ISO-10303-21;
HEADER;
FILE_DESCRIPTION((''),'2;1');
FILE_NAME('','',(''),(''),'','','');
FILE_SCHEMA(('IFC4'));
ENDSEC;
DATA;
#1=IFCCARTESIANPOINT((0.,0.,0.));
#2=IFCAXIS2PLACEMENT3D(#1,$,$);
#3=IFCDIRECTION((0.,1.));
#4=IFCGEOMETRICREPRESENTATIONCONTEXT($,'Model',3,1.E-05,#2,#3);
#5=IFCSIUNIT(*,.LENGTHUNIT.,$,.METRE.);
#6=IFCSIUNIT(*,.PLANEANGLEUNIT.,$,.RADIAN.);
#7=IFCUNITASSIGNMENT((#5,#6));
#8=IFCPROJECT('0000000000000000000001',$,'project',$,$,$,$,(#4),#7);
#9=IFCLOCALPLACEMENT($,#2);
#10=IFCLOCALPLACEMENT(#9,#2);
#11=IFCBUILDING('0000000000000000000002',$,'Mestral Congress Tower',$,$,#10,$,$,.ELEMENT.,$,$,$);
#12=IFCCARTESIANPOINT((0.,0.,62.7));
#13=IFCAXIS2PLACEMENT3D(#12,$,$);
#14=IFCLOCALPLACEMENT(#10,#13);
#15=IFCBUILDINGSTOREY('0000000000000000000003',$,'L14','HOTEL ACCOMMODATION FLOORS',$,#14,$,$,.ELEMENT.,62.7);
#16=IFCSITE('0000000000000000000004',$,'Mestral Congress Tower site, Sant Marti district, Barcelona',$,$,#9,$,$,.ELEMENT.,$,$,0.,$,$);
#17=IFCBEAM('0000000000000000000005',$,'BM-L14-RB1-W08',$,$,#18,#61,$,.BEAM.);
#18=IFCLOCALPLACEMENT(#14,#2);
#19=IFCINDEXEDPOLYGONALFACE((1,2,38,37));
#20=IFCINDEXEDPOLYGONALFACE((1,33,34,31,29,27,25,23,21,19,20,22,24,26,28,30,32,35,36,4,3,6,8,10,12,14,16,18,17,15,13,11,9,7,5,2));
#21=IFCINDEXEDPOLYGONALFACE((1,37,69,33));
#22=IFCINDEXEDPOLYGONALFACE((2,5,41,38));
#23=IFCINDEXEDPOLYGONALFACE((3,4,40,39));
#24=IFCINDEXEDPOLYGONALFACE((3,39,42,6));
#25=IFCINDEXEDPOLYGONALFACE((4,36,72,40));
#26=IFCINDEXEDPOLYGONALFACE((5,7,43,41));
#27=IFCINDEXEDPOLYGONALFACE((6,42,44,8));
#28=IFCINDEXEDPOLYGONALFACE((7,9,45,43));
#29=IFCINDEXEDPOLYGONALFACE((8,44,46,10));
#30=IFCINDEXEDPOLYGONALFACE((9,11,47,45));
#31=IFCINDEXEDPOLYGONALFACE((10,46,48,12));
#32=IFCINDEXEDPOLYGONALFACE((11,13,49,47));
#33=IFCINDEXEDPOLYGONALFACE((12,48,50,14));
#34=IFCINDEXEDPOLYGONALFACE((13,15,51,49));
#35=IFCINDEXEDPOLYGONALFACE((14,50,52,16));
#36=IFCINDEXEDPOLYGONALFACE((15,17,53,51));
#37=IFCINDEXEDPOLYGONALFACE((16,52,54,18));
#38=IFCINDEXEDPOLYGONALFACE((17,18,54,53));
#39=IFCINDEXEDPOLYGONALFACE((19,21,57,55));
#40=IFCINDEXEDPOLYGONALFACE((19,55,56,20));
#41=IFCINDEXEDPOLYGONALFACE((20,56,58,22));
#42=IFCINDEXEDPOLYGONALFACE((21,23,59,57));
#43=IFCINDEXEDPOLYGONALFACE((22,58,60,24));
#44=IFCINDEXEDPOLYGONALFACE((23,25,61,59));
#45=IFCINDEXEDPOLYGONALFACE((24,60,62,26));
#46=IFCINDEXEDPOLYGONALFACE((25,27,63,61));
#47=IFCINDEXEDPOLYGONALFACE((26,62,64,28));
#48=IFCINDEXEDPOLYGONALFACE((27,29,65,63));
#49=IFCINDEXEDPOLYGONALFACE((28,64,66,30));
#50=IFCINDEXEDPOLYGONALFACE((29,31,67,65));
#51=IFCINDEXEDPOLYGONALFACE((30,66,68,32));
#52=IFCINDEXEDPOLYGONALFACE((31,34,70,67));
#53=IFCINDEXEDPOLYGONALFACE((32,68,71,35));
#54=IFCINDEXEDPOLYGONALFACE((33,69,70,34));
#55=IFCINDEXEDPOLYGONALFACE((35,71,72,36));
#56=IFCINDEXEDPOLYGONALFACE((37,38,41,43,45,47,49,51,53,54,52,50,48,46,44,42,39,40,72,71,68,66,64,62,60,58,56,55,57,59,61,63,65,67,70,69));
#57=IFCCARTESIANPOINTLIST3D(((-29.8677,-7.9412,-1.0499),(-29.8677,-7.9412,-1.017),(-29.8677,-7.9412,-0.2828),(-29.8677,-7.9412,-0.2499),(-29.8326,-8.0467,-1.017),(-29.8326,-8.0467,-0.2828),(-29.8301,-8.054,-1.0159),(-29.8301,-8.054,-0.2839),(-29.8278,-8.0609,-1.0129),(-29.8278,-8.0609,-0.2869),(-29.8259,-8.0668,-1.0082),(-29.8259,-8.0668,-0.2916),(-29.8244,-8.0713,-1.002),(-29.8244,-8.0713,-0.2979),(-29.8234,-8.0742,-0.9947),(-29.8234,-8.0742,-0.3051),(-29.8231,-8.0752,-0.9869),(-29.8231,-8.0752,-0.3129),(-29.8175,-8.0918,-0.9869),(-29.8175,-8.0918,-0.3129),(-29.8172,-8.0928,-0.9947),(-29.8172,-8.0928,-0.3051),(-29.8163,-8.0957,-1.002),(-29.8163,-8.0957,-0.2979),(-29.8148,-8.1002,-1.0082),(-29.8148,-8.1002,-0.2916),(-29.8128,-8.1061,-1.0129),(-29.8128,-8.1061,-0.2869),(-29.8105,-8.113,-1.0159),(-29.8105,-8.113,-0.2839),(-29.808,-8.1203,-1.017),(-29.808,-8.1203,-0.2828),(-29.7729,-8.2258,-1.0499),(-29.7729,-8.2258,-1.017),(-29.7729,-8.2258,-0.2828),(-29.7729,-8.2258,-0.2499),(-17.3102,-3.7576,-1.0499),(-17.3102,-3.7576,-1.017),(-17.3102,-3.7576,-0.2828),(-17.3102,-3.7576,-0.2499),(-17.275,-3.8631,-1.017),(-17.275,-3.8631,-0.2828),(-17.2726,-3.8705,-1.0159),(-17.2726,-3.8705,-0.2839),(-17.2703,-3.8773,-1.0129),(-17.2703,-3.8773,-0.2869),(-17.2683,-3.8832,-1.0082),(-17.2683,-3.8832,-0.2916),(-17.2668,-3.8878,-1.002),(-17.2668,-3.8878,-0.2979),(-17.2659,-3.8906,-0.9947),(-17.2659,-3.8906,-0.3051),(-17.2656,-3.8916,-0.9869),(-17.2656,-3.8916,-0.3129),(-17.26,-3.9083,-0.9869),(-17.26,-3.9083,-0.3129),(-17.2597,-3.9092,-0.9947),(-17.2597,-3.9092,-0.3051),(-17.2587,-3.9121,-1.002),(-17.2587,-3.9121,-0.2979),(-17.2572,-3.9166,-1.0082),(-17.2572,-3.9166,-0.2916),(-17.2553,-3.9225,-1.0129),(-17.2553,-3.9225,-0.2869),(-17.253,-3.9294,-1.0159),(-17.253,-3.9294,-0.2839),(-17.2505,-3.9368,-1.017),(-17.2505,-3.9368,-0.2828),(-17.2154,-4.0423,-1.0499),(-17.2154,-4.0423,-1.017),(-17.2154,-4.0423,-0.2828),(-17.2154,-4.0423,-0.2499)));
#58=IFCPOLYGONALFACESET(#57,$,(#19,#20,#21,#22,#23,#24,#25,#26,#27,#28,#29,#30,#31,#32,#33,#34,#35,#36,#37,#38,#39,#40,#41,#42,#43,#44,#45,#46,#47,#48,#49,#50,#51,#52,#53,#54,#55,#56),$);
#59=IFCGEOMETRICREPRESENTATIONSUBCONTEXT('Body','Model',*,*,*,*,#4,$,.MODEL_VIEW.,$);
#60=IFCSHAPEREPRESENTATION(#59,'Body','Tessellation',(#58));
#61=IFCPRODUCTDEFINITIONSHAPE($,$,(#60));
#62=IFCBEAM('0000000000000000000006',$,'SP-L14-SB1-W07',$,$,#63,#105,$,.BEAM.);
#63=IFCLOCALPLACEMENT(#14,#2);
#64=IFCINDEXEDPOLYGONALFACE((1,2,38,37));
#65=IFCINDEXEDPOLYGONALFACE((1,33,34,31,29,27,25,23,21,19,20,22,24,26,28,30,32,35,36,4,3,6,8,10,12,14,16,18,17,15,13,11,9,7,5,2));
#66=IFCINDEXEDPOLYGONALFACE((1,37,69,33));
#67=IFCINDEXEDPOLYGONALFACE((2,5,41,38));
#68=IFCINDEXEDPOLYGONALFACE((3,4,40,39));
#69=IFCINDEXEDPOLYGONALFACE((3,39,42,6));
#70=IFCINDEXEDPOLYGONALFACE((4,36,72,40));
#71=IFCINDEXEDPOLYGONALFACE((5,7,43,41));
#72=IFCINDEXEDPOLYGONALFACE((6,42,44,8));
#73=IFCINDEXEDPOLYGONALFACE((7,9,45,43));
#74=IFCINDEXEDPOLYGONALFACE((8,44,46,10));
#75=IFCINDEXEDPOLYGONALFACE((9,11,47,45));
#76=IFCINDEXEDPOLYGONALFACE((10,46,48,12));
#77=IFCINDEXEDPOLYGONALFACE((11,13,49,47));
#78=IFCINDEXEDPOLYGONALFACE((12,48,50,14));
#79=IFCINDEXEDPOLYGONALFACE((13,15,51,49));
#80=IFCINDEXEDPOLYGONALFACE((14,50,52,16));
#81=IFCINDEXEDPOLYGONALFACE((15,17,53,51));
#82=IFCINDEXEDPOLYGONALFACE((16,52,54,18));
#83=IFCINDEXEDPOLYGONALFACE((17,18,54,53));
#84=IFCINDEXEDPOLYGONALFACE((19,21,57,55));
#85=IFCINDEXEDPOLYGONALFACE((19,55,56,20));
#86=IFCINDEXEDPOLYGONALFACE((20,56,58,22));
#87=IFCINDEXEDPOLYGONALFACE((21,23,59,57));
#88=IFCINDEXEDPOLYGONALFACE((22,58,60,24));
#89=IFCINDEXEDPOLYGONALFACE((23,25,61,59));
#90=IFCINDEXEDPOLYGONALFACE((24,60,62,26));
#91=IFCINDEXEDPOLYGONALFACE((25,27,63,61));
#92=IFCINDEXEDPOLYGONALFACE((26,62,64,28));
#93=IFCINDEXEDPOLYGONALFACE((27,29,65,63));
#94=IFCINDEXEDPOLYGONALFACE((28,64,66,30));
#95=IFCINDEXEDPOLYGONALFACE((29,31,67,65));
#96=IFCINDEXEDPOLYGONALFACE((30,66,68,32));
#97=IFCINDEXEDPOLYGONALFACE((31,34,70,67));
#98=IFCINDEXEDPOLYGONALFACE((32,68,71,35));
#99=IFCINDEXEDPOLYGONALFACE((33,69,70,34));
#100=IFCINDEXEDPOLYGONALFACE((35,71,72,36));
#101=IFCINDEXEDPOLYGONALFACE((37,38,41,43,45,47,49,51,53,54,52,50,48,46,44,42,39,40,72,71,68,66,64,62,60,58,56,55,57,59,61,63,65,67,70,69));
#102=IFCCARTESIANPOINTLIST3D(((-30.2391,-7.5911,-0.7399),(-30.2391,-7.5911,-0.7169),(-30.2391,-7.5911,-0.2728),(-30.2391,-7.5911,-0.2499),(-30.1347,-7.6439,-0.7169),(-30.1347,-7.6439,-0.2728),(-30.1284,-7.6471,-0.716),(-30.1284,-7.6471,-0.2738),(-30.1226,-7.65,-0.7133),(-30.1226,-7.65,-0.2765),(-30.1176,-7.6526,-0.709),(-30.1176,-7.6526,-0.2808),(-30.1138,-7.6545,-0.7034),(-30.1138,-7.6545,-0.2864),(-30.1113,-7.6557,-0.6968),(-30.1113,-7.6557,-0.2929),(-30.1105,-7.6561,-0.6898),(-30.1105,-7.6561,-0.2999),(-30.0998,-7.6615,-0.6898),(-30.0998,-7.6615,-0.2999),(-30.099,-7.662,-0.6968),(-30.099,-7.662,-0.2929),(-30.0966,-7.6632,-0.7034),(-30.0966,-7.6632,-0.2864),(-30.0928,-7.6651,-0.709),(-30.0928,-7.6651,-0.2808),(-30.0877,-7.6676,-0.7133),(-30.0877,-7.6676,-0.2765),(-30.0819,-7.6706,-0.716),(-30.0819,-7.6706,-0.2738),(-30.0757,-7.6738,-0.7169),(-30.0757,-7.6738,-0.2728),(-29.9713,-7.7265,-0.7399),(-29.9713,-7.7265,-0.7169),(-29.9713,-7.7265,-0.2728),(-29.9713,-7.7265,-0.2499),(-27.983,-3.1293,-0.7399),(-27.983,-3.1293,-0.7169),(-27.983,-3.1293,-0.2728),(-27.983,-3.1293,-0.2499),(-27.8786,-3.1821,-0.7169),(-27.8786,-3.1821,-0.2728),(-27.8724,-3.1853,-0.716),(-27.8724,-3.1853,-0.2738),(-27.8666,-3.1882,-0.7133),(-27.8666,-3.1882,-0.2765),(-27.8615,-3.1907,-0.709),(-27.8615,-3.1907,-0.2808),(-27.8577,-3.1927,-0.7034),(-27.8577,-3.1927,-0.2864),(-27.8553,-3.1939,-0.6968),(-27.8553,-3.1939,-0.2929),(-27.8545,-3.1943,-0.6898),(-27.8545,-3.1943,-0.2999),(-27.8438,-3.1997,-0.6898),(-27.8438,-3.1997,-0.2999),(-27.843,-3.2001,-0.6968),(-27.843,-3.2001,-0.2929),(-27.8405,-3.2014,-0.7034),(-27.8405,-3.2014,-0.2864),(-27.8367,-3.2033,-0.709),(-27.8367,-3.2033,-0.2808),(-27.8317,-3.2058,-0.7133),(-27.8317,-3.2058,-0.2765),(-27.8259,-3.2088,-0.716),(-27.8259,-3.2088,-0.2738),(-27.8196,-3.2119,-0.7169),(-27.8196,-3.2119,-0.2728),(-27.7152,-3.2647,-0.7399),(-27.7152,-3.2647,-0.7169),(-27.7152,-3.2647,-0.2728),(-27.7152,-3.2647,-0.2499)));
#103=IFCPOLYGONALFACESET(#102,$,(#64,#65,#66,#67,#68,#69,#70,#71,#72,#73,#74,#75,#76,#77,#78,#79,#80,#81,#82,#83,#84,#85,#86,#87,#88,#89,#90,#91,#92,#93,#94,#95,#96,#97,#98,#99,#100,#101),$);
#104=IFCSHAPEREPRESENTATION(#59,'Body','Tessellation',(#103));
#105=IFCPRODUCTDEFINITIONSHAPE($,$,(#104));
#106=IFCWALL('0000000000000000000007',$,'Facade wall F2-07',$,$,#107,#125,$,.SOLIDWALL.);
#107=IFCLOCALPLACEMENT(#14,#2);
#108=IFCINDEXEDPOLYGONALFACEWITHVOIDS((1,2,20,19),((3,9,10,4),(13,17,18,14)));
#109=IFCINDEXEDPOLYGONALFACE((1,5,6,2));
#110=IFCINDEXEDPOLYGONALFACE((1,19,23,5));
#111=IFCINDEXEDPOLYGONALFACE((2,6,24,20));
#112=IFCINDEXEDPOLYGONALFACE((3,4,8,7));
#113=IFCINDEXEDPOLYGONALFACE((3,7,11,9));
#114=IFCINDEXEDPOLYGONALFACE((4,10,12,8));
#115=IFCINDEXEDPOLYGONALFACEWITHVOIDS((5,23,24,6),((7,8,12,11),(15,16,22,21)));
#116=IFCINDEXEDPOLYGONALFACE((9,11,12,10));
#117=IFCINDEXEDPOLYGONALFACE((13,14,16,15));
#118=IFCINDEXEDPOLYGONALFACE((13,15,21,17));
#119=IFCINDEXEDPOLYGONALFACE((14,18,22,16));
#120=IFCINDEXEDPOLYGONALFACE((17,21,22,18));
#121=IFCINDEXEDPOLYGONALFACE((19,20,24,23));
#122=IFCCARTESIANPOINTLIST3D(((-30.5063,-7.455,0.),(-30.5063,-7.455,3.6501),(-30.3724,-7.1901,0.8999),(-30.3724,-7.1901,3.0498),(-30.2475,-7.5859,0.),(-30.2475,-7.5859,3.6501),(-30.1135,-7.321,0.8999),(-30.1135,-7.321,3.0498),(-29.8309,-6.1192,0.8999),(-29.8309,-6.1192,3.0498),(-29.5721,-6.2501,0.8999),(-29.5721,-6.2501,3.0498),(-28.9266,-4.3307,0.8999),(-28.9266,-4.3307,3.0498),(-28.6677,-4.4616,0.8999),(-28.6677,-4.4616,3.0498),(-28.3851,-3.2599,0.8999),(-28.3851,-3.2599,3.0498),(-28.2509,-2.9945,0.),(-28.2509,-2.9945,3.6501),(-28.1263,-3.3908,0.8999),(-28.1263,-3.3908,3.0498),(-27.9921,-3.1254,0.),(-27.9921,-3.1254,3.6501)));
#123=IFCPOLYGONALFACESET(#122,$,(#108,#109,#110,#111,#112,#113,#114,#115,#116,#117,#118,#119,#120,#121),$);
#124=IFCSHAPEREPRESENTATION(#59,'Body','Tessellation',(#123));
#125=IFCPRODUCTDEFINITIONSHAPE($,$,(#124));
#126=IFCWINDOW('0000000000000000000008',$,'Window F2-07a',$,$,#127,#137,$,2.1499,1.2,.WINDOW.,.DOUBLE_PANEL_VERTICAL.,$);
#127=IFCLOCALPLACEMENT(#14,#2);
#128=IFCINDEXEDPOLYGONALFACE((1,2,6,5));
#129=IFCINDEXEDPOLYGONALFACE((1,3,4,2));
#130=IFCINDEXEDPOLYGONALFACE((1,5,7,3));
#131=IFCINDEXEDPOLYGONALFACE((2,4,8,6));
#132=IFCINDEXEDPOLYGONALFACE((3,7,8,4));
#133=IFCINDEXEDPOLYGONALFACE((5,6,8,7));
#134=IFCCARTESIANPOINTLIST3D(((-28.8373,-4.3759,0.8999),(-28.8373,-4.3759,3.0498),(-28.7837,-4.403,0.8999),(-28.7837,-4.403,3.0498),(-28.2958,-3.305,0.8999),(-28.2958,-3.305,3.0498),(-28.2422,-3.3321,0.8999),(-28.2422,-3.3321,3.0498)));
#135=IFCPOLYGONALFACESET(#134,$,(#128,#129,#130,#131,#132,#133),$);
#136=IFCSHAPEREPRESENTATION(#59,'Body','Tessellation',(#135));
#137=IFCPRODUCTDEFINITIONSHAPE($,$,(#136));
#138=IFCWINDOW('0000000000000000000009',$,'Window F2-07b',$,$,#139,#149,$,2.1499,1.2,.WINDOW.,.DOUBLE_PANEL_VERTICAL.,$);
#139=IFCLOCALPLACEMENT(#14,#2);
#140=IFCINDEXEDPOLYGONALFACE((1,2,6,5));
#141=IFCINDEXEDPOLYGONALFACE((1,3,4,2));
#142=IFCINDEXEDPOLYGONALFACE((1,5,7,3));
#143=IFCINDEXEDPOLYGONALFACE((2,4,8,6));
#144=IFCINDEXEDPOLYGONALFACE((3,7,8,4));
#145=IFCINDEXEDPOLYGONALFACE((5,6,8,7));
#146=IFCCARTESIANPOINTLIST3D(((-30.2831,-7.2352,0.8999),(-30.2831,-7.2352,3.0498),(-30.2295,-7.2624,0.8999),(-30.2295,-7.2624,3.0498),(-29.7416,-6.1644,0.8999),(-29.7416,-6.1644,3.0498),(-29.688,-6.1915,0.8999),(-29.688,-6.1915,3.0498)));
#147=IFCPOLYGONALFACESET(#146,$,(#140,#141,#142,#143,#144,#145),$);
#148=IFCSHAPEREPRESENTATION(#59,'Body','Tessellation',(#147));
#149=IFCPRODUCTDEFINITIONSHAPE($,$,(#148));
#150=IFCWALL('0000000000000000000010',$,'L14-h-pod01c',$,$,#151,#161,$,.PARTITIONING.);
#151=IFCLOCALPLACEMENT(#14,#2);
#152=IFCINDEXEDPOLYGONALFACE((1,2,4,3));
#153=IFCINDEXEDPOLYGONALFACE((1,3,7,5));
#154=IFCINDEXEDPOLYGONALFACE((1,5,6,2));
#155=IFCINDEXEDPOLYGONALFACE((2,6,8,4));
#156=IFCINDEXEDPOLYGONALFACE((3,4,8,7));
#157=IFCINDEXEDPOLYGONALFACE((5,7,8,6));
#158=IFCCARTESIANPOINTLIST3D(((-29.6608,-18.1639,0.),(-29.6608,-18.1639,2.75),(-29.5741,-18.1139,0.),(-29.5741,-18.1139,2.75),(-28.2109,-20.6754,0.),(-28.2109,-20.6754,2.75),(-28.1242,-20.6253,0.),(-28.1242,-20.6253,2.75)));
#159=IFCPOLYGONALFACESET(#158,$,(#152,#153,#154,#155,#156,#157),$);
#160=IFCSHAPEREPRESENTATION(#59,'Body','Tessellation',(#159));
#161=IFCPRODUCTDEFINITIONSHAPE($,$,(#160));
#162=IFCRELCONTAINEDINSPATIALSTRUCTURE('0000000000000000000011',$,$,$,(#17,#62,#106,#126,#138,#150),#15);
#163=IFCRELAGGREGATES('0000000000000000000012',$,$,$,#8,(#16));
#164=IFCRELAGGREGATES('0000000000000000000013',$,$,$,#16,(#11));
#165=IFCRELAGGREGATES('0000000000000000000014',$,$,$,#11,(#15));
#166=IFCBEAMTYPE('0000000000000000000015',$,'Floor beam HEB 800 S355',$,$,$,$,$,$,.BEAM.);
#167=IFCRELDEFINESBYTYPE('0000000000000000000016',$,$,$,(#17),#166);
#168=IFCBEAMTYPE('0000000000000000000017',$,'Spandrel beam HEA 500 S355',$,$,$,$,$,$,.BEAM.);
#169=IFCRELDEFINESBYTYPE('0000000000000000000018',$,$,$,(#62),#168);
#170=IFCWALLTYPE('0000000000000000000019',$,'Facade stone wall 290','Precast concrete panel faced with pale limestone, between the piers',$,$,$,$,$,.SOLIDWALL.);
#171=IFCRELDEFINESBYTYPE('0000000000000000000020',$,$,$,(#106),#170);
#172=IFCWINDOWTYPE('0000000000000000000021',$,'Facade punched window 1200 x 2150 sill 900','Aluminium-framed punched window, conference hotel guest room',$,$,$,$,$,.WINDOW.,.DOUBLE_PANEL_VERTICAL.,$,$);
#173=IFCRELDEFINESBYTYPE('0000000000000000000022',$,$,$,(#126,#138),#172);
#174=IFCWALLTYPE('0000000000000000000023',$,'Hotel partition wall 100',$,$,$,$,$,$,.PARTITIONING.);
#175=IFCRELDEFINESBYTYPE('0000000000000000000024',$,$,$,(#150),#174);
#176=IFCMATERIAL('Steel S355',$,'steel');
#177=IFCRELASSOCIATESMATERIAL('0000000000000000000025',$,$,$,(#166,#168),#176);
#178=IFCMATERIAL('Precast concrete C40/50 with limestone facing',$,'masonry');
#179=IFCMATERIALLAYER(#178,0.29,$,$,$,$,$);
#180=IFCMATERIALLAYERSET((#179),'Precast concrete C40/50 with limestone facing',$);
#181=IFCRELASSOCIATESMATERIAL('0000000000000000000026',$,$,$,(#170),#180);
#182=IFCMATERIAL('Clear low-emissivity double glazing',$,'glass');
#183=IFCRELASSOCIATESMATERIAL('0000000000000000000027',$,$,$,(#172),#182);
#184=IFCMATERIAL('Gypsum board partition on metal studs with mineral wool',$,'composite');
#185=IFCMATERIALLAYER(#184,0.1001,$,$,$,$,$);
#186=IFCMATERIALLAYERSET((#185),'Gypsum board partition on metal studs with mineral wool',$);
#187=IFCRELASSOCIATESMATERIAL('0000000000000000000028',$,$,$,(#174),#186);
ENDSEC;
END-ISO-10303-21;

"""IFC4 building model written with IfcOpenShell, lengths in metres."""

from ifc_helpers import new_model, si_unit, direction, frame, frame_2d, origin, origin_2d, place, context, subcontext, project, spatial, rectangle, i_section, extrude, material, layer, layer_set, material_profile, profile_set, type_object, element, fill, save


model = new_model("IFC4")

# Units and contexts
model_context = context("Model", 3, precision=1e-05, world=origin(), true_north=direction((0.0, 1.0)))
body_context = subcontext(model_context, "Body", "Model", "MODEL_VIEW")
ifc_project = project(units=[si_unit("LENGTHUNIT", "METRE"), si_unit("PLANEANGLEUNIT", "RADIAN")], contexts=[model_context])

# Site, building, storey
site_placement = place(None, origin())
site = spatial("IfcSite", under=ifc_project, at=site_placement, Name="Mestral Congress Tower site, Sant Marti district, Barcelona", CompositionType="ELEMENT", RefElevation=0.0)
building_placement = place(site_placement, origin())
building = spatial("IfcBuilding", under=site, at=building_placement, Name="Mestral Congress Tower", CompositionType="ELEMENT")
storey_placement = place(building_placement, frame((0.0, 0.0, 62.7)))
storey = spatial("IfcBuildingStorey", under=building, at=storey_placement, Name="L14", Description="HOTEL ACCOMMODATION FLOORS", CompositionType="ELEMENT", Elevation=62.7)

# Beams
ifc_material_1 = material(Name="Steel S355", Category="steel")
ifc_material_profile_1 = material_profile(ifc_material_1, i_section(OverallWidth=0.3, OverallDepth=0.8, WebThickness=0.0176, FlangeThickness=0.033, FilletRadius=0.03, at=origin_2d()), Name="HEB 800")
ifc_profile_set_1 = profile_set([ifc_material_profile_1], Name="Steel S355")
beam_type_1 = type_object("IfcBeamType", Name="Floor beam HEB 800 S355", PredefinedType="BEAM", material=ifc_profile_set_1)
beam_1_placement = place(storey_placement, frame((-29.8203, -8.0835, -0.6499), z_axis=(0.948735, 0.316073, 0.0), x_axis=(-0.316073, 0.948735, 0.0)))
element("IfcBeam", 1, at=beam_1_placement, inside=storey, type_object=beam_type_1, Name="BM-L14-RB1-W08", PredefinedType="BEAM", context=body_context, shape_type="SweptSolid", body=[
    extrude(i_section(OverallWidth=0.3, OverallDepth=0.8, WebThickness=0.0176, FlangeThickness=0.033, FilletRadius=0.03, at=origin_2d()), origin(), (0.0, 0.0, 1.0), 13.2361),
])
ifc_material_profile_2 = material_profile(ifc_material_1, i_section(OverallWidth=0.3, OverallDepth=0.49, WebThickness=0.012, FlangeThickness=0.0229, FilletRadius=0.0271, at=origin_2d()), Name="HEA 500")
ifc_profile_set_2 = profile_set([ifc_material_profile_2], Name="Steel S355")
beam_type_2 = type_object("IfcBeamType", Name="Spandrel beam HEA 500 S355", PredefinedType="BEAM", material=ifc_profile_set_2)
beam_2_placement = place(storey_placement, frame((-27.8491, -3.197, -0.4949), z_axis=(-0.451233, -0.892406, 0.0), x_axis=(0.892406, -0.451233, 0.0)))
element("IfcBeam", 2, at=beam_2_placement, inside=storey, type_object=beam_type_2, Name="SP-L14-SB1-W07", PredefinedType="BEAM", context=body_context, shape_type="SweptSolid", body=[
    extrude(i_section(OverallWidth=0.3, OverallDepth=0.49, WebThickness=0.012, FlangeThickness=0.0229, FilletRadius=0.0271, at=origin_2d()), origin(), (0.0, 0.0, 1.0), 4.9998),
])

# Wall, openings, windows
ifc_material_2 = material(Name="Precast concrete C40/50 with limestone facing", Category="masonry")
ifc_layer_1 = layer(ifc_material_2, 0.29)
ifc_layer_set_1 = layer_set([ifc_layer_1], Name="Precast concrete C40/50 with limestone facing")
wall_type_1 = type_object("IfcWallType", Name="Facade stone wall 290", Description="Precast concrete panel faced with pale limestone, between the piers", PredefinedType="SOLIDWALL", material=ifc_layer_set_1)
wall_1_placement = place(storey_placement, frame((-28.1216, -3.0601, 0.0), z_axis=(0.0, 0.0, 1.0), x_axis=(-0.451234, -0.892406, 0.0)))
wall_1 = element("IfcWall", 3, at=wall_1_placement, inside=storey, type_object=wall_type_1, Name="Facade wall F2-07", PredefinedType="SOLIDWALL", context=body_context, shape_type="SweptSolid", body=[
    extrude(rectangle(XDim=4.9983, YDim=0.29, at=frame_2d((2.499, 0.0))), origin(), (0.0, 0.0, 1.0), 3.6501),
])
opening_1_placement = place(wall_1_placement, frame((0.2971, 0.0, 0.8999)))
opening_1 = element("IfcOpeningElement", 4, at=opening_1_placement, cuts=wall_1, PredefinedType="OPENING", context=body_context, shape_type="SweptSolid", body=[
    extrude(rectangle(XDim=1.2, YDim=2.1499, at=frame_2d((0.6001, 1.075))), frame((0.0, 0.155, 0.0), z_axis=(0.0, -1.0, 0.0), x_axis=(1.0, 0.0, 0.0)), (0.0, 0.0, 1.0), 0.3101),
])
opening_2_placement = place(wall_1_placement, frame((3.5012, 0.0, 0.8999)))
opening_2 = element("IfcOpeningElement", 5, at=opening_2_placement, cuts=wall_1, PredefinedType="OPENING", context=body_context, shape_type="SweptSolid", body=[
    extrude(rectangle(XDim=1.2, YDim=2.1499, at=frame_2d((0.6001, 1.075))), frame((0.0, 0.155, 0.0), z_axis=(0.0, -1.0, 0.0), x_axis=(1.0, 0.0, 0.0)), (0.0, 0.0, 1.0), 0.3101),
])
ifc_material_3 = material(Name="Clear low-emissivity double glazing", Category="glass")
window_type = type_object("IfcWindowType", Name="Facade punched window 1200 x 2150 sill 900", Description="Aluminium-framed punched window, conference hotel guest room", PartitioningType="DOUBLE_PANEL_VERTICAL", PredefinedType="WINDOW", material=ifc_material_3)
window_1_placement = place(opening_1_placement, origin())
window_1 = element("IfcWindow", 6, at=window_1_placement, inside=storey, type_object=window_type, Name="Window F2-07a", OverallHeight=2.1499, OverallWidth=1.2, PartitioningType="DOUBLE_PANEL_VERTICAL", PredefinedType="WINDOW", context=body_context, shape_type="SweptSolid", body=[
    extrude(rectangle(XDim=1.2, YDim=2.1499, at=frame_2d((0.6001, 1.075))), frame((0.0, 0.0151, 0.0), z_axis=(0.0, -1.0, 0.0), x_axis=(1.0, 0.0, 0.0)), (0.0, 0.0, 1.0), 0.0601),
])
fill(opening_1, window_1)
window_2_placement = place(opening_2_placement, origin())
window_2 = element("IfcWindow", 7, at=window_2_placement, inside=storey, type_object=window_type, Name="Window F2-07b", OverallHeight=2.1499, OverallWidth=1.2, PartitioningType="DOUBLE_PANEL_VERTICAL", PredefinedType="WINDOW", context=body_context, shape_type="SweptSolid", body=[
    extrude(rectangle(XDim=1.2, YDim=2.1499, at=frame_2d((0.6001, 1.075))), frame((0.0, 0.0151, 0.0), z_axis=(0.0, -1.0, 0.0), x_axis=(1.0, 0.0, 0.0)), (0.0, 0.0, 1.0), 0.0601),
])
fill(opening_2, window_2)

# Wall
ifc_material_4 = material(Name="Gypsum board partition on metal studs with mineral wool", Category="composite")
ifc_layer_2 = layer(ifc_material_4, 0.1001)
ifc_layer_set_2 = layer_set([ifc_layer_2], Name="Gypsum board partition on metal studs with mineral wool")
wall_type_2 = type_object("IfcWallType", Name="Hotel partition wall 100", PredefinedType="PARTITIONING", material=ifc_layer_set_2)
wall_2_placement = place(storey_placement, frame((-29.6174, -18.1389, 0.0), z_axis=(0.0, 0.0, 1.0), x_axis=(0.499987, -0.866033, 0.0)))
element("IfcWall", 8, at=wall_2_placement, inside=storey, type_object=wall_type_2, Name="L14-h-pod01c", PredefinedType="PARTITIONING", context=body_context, shape_type="SweptSolid", body=[
    extrude(rectangle(XDim=2.8999, YDim=0.1001, at=frame_2d((1.45, 0.0))), origin(), (0.0, 0.0, 1.0), 2.75),
])

save(model, "model.ifc")
